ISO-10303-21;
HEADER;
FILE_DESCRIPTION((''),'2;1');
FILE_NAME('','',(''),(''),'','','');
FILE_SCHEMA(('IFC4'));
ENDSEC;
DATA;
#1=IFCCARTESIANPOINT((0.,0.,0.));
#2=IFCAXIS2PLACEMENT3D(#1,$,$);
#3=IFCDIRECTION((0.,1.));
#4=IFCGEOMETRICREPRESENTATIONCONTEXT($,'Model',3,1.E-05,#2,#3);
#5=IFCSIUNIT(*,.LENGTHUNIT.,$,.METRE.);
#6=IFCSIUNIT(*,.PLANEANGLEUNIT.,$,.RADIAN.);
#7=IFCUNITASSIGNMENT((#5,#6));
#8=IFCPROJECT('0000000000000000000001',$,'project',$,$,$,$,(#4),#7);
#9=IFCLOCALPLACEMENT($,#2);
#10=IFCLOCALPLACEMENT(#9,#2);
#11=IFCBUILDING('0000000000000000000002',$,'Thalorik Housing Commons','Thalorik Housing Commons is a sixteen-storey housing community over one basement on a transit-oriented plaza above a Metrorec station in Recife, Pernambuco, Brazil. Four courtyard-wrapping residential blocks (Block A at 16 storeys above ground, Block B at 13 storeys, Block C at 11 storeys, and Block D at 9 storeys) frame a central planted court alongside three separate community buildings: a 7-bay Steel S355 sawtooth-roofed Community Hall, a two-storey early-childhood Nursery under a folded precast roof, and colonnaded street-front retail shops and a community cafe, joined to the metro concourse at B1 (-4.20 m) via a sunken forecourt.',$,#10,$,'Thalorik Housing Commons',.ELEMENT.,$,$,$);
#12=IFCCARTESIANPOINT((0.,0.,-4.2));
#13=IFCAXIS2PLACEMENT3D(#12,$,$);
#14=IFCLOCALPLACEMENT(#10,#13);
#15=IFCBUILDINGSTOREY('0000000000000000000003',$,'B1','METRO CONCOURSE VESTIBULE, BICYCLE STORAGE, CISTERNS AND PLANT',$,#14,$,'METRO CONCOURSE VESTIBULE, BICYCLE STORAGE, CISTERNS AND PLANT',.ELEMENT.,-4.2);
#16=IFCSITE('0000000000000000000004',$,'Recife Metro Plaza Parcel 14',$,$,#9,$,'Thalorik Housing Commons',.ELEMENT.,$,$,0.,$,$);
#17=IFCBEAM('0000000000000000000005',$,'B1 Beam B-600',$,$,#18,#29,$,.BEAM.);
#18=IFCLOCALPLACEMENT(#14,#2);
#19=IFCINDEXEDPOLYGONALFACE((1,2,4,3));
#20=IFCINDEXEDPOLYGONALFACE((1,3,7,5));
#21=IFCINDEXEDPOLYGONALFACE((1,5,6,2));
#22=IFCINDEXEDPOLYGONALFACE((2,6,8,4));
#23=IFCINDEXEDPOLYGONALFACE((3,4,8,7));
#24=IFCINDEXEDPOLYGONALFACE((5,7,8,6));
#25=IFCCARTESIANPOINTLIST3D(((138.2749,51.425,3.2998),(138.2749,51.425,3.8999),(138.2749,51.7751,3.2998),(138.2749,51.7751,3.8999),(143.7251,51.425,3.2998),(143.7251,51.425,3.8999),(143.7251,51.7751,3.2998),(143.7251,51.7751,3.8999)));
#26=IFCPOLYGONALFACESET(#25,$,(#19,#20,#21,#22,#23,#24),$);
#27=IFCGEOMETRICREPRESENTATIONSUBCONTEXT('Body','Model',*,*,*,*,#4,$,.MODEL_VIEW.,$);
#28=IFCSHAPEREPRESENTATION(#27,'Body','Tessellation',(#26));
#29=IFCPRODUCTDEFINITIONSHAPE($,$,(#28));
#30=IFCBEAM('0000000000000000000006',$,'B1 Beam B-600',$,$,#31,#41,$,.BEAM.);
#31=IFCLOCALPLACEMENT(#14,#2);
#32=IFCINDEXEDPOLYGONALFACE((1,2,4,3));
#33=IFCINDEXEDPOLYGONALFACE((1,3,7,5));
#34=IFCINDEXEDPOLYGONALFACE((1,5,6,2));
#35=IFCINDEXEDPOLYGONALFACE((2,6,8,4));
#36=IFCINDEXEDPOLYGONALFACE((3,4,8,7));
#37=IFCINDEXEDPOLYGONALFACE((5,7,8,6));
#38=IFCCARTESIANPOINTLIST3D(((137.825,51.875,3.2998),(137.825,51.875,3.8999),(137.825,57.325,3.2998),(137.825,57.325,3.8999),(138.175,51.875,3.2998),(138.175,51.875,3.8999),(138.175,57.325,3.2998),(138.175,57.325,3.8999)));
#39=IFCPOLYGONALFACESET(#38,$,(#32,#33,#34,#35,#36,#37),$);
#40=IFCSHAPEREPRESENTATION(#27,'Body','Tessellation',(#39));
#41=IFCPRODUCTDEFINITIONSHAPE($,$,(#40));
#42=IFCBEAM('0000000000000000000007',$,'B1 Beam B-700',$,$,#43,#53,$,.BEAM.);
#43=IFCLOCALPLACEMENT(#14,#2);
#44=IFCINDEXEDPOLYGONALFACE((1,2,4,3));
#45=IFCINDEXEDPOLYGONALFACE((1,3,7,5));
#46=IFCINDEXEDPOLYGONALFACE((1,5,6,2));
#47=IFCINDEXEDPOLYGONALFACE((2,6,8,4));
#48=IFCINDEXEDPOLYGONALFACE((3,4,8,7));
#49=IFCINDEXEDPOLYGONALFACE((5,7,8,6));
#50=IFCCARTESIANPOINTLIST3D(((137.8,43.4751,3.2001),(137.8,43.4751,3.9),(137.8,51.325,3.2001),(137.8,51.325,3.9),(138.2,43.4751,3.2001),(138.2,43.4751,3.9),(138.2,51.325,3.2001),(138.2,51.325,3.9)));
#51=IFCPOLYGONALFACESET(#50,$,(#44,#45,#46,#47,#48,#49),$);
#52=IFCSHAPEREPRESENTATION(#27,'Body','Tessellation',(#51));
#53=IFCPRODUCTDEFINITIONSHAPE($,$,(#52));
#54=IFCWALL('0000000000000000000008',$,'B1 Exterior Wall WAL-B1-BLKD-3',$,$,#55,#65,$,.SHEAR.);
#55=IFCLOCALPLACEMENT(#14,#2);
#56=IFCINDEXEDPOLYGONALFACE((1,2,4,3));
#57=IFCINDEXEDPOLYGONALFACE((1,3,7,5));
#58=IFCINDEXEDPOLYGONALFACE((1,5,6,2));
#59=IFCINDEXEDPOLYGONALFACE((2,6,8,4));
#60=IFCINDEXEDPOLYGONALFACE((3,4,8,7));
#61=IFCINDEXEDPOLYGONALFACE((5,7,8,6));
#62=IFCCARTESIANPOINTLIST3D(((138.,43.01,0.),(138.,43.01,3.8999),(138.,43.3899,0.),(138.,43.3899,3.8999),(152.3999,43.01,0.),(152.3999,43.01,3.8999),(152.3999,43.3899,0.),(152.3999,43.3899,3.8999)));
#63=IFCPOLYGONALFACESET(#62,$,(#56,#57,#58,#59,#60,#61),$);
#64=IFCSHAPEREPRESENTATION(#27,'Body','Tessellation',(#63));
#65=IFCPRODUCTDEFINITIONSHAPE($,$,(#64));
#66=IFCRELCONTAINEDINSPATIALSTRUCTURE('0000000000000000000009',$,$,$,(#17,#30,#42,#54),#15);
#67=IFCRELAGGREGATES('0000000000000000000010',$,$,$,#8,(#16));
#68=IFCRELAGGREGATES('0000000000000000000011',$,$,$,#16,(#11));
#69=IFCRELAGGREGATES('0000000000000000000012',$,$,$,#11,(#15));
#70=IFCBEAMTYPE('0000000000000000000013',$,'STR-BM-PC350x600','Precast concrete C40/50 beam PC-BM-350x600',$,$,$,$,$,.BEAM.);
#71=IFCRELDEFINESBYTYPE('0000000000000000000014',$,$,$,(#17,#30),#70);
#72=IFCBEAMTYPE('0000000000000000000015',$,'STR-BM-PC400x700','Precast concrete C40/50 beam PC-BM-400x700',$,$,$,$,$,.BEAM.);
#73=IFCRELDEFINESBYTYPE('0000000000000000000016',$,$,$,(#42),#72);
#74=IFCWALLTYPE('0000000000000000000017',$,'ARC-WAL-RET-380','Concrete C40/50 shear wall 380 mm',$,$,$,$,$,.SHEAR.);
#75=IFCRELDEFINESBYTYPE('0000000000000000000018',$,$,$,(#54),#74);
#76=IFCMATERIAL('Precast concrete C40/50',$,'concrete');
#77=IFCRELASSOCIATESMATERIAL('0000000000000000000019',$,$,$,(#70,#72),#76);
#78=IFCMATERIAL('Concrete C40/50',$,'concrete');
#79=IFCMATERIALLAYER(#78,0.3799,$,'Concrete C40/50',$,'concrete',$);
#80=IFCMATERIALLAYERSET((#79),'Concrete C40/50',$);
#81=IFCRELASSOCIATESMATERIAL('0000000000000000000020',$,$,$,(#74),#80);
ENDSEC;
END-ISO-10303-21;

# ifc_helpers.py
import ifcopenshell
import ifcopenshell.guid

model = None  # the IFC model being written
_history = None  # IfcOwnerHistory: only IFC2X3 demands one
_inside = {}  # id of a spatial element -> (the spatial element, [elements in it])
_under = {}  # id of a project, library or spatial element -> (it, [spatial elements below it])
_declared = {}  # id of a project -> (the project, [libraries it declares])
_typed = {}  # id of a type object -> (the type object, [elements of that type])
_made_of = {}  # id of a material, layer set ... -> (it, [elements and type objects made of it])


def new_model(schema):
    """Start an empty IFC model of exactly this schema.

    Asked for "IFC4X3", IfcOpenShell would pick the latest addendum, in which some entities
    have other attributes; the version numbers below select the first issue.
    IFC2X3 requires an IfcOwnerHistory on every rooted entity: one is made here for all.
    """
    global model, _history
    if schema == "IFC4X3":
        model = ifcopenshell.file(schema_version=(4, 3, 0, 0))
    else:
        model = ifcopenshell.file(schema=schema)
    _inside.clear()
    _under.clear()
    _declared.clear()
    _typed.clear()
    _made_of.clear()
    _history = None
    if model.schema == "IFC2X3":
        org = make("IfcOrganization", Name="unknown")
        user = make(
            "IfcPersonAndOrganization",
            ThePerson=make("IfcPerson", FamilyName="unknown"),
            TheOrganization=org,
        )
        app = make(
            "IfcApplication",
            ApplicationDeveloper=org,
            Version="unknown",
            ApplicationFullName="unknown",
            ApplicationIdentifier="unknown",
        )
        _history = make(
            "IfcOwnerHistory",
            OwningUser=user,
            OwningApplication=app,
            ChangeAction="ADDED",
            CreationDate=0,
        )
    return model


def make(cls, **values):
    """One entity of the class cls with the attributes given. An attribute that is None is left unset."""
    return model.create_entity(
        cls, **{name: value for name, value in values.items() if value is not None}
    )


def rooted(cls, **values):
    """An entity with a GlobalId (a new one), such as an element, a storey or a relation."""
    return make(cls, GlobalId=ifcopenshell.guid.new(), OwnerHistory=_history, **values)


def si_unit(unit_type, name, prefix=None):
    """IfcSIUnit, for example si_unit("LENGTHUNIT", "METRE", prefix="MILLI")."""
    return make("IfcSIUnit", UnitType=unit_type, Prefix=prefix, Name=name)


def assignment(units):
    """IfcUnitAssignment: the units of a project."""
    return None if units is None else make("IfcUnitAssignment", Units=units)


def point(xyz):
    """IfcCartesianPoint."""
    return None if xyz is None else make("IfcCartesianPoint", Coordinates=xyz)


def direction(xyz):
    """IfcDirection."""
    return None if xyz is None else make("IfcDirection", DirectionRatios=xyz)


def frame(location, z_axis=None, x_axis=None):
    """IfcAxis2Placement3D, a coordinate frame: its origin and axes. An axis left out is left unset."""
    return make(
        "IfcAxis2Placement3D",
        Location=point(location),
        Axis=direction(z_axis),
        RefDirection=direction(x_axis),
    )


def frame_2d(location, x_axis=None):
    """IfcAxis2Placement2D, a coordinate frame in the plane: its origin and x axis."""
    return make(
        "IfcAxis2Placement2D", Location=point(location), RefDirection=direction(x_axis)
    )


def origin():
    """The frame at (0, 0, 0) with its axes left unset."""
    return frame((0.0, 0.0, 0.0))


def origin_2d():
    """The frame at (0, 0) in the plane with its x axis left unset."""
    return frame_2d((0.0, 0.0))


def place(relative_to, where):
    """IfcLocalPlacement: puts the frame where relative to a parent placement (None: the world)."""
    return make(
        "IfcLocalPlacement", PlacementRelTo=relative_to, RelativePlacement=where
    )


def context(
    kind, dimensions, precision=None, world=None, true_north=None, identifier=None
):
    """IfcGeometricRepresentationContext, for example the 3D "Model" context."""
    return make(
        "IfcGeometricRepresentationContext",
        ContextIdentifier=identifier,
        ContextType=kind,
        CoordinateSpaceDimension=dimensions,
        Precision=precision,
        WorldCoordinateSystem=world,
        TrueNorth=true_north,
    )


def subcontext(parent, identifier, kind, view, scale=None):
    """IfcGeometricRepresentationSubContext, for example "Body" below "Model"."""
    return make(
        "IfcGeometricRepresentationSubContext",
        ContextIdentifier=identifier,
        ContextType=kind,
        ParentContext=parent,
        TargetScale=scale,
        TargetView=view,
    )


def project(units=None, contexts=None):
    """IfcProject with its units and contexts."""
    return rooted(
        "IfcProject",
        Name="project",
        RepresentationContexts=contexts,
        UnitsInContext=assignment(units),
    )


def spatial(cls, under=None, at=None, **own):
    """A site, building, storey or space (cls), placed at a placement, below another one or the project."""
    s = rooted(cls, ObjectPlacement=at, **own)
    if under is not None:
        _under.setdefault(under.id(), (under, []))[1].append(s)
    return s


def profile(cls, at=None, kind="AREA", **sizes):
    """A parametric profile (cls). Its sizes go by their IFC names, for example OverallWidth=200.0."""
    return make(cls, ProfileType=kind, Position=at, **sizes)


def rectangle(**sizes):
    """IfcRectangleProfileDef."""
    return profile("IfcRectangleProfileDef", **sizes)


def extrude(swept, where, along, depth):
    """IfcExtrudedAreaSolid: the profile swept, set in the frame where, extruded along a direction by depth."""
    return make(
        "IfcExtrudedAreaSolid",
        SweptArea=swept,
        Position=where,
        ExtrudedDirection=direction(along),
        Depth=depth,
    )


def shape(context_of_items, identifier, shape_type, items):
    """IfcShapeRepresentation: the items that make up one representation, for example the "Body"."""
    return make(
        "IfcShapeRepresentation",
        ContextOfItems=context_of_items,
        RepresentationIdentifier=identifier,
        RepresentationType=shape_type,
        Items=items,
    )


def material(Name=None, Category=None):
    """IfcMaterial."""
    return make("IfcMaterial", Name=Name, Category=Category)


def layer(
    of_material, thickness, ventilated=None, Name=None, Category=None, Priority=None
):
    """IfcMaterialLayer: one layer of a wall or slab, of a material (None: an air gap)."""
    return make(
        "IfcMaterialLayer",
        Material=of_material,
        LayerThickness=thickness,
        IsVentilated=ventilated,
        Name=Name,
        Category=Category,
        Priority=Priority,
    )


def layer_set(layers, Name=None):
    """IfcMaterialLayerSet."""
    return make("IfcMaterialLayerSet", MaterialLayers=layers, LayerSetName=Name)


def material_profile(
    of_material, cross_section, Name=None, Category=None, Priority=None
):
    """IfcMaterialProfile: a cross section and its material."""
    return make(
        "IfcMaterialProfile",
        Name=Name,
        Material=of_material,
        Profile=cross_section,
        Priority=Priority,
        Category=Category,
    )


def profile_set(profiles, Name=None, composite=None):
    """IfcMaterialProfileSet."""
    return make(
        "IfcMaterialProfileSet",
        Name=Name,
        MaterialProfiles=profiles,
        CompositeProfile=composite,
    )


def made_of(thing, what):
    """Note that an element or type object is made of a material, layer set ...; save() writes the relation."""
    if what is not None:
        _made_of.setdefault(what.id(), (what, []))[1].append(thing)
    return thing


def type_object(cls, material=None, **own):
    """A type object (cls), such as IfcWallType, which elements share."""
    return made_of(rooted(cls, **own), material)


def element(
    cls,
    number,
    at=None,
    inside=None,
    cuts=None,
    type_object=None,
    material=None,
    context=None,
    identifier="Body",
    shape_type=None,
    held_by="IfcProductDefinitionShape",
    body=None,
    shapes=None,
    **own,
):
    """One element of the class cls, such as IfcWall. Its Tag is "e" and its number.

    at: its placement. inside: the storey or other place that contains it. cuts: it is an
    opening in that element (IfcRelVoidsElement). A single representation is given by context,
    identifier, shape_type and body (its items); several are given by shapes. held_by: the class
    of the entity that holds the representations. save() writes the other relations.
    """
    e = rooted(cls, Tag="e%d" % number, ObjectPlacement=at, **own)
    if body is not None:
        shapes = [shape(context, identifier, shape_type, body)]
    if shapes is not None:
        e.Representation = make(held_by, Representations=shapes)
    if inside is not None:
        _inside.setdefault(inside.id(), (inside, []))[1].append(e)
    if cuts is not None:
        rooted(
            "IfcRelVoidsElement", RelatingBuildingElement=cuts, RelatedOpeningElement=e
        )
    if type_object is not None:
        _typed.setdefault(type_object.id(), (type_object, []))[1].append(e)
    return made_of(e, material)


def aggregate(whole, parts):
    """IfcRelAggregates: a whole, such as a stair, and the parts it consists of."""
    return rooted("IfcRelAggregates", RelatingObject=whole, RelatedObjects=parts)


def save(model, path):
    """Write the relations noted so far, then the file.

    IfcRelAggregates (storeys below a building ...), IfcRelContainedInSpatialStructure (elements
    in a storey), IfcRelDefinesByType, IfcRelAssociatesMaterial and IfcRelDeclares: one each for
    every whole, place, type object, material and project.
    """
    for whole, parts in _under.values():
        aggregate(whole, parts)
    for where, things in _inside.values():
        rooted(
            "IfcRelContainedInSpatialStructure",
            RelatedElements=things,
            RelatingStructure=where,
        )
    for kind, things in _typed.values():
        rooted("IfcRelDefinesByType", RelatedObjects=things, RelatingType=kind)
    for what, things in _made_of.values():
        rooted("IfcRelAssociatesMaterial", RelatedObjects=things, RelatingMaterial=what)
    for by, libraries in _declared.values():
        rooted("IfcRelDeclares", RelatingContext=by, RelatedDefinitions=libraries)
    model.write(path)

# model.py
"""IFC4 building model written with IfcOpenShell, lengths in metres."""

from ifc_helpers import new_model, si_unit, direction, frame, frame_2d, origin, origin_2d, place, context, subcontext, project, spatial, rectangle, extrude, material, layer, layer_set, material_profile, profile_set, type_object, element, save


model = new_model("IFC4")

# Units and contexts
model_context = context("Model", 3, precision=1e-05, world=origin(), true_north=direction((0.0, 1.0)))
body_context = subcontext(model_context, "Body", "Model", "MODEL_VIEW")
ifc_project = project(units=[si_unit("LENGTHUNIT", "METRE"), si_unit("PLANEANGLEUNIT", "RADIAN")], contexts=[model_context])

# Site, building, storey
site_placement = place(None, origin())
site = spatial("IfcSite", under=ifc_project, at=site_placement, Name="Recife Metro Plaza Parcel 14", LongName="Thalorik Housing Commons", CompositionType="ELEMENT", RefElevation=0.0)
building_placement = place(site_placement, origin())
building = spatial("IfcBuilding", under=site, at=building_placement, Name="Thalorik Housing Commons", Description="Thalorik Housing Commons is a sixteen-storey housing community over one basement on a transit-oriented plaza above a Metrorec station in Recife, Pernambuco, Brazil. Four courtyard-wrapping residential blocks (Block A at 16 storeys above ground, Block B at 13 storeys, Block C at 11 storeys, and Block D at 9 storeys) frame a central planted court alongside three separate community buildings: a 7-bay Steel S355 sawtooth-roofed Community Hall, a two-storey early-childhood Nursery under a folded precast roof, and colonnaded street-front retail shops and a community cafe, joined to the metro concourse at B1 (-4.20 m) via a sunken forecourt.", LongName="Thalorik Housing Commons", CompositionType="ELEMENT")
storey_placement = place(building_placement, frame((0.0, 0.0, -4.2)))
storey = spatial("IfcBuildingStorey", under=building, at=storey_placement, Name="B1", Description="METRO CONCOURSE VESTIBULE, BICYCLE STORAGE, CISTERNS AND PLANT", LongName="METRO CONCOURSE VESTIBULE, BICYCLE STORAGE, CISTERNS AND PLANT", CompositionType="ELEMENT", Elevation=-4.2)

# Shared definitions
ifc_material_1 = material(Name="Concrete C40/50", Category="concrete")

# Shared definitions
ifc_material_2 = material(Name="Precast concrete C40/50", Category="concrete")

# Beams
ifc_material_profile_1 = material_profile(ifc_material_2, rectangle(XDim=0.3501, YDim=0.6001, at=origin_2d()), Name="PC 350x600", Category="concrete")
ifc_profile_set_1 = profile_set([ifc_material_profile_1], Name="Precast concrete C40/50")
beam_type_1 = type_object("IfcBeamType", Name="STR-BM-PC350x600", Description="Precast concrete C40/50 beam PC-BM-350x600", PredefinedType="BEAM", material=ifc_profile_set_1)
for number, where, z_axis, x_axis, name in (
    (1, (138.2749, 51.6001, 3.5999), (1.0, 0.0, 0.0), (0.0, 1.0, 0.0), "B1 Beam B-600"),
):
    element("IfcBeam", number, at=place(storey_placement, frame(where, z_axis=z_axis, x_axis=x_axis)), inside=storey, type_object=beam_type_1, Name=name, PredefinedType="BEAM", context=body_context, shape_type="SweptSolid", body=[
        extrude(rectangle(XDim=0.3501, YDim=0.6001, at=origin_2d()), origin(), (0.0, 0.0, 1.0), 5.4502),
    ])
beam_1_placement = place(storey_placement, frame((138.0, 51.875, 3.5999), z_axis=(0.0, 1.0, 0.0), x_axis=(-1.0, 0.0, 0.0)))
element("IfcBeam", 2, at=beam_1_placement, inside=storey, type_object=beam_type_1, Name="B1 Beam B-600", PredefinedType="BEAM", context=body_context, shape_type="SweptSolid", body=[
    extrude(rectangle(XDim=0.3501, YDim=0.6001, at=origin_2d()), origin(), (0.0, 0.0, 1.0), 5.45),
])
ifc_material_profile_2 = material_profile(ifc_material_2, rectangle(XDim=0.3999, YDim=0.7, at=origin_2d()), Name="PC 400x700", Category="concrete")
ifc_profile_set_2 = profile_set([ifc_material_profile_2], Name="Precast concrete C40/50")
beam_type_2 = type_object("IfcBeamType", Name="STR-BM-PC400x700", Description="Precast concrete C40/50 beam PC-BM-400x700", PredefinedType="BEAM", material=ifc_profile_set_2)
beam_2_placement = place(storey_placement, frame((138.0, 43.4751, 3.55), z_axis=(0.0, 1.0, 0.0), x_axis=(-1.0, 0.0, 0.0)))
element("IfcBeam", 3, at=beam_2_placement, inside=storey, type_object=beam_type_2, Name="B1 Beam B-700", PredefinedType="BEAM", context=body_context, shape_type="SweptSolid", body=[
    extrude(rectangle(XDim=0.3999, YDim=0.7, at=origin_2d()), origin(), (0.0, 0.0, 1.0), 7.8499),
])

# Wall
ifc_layer = layer(ifc_material_1, 0.3799, Name="Concrete C40/50", Category="concrete")
ifc_layer_set = layer_set([ifc_layer], Name="Concrete C40/50")
wall_type = type_object("IfcWallType", Name="ARC-WAL-RET-380", Description="Concrete C40/50 shear wall 380 mm", PredefinedType="SHEAR", material=ifc_layer_set)
wall_placement = place(storey_placement, frame((138.0, 43.2, 0.0), z_axis=(0.0, 0.0, 1.0), x_axis=(1.0, 0.0, 0.0)))
element("IfcWall", 4, at=wall_placement, inside=storey, type_object=wall_type, Name="B1 Exterior Wall WAL-B1-BLKD-3", PredefinedType="SHEAR", context=body_context, shape_type="SweptSolid", body=[
    extrude(rectangle(XDim=14.3999, YDim=0.3799, at=frame_2d((7.2, 0.0))), origin(), (0.0, 0.0, 1.0), 3.8999),
])

save(model, "model.ifc")
